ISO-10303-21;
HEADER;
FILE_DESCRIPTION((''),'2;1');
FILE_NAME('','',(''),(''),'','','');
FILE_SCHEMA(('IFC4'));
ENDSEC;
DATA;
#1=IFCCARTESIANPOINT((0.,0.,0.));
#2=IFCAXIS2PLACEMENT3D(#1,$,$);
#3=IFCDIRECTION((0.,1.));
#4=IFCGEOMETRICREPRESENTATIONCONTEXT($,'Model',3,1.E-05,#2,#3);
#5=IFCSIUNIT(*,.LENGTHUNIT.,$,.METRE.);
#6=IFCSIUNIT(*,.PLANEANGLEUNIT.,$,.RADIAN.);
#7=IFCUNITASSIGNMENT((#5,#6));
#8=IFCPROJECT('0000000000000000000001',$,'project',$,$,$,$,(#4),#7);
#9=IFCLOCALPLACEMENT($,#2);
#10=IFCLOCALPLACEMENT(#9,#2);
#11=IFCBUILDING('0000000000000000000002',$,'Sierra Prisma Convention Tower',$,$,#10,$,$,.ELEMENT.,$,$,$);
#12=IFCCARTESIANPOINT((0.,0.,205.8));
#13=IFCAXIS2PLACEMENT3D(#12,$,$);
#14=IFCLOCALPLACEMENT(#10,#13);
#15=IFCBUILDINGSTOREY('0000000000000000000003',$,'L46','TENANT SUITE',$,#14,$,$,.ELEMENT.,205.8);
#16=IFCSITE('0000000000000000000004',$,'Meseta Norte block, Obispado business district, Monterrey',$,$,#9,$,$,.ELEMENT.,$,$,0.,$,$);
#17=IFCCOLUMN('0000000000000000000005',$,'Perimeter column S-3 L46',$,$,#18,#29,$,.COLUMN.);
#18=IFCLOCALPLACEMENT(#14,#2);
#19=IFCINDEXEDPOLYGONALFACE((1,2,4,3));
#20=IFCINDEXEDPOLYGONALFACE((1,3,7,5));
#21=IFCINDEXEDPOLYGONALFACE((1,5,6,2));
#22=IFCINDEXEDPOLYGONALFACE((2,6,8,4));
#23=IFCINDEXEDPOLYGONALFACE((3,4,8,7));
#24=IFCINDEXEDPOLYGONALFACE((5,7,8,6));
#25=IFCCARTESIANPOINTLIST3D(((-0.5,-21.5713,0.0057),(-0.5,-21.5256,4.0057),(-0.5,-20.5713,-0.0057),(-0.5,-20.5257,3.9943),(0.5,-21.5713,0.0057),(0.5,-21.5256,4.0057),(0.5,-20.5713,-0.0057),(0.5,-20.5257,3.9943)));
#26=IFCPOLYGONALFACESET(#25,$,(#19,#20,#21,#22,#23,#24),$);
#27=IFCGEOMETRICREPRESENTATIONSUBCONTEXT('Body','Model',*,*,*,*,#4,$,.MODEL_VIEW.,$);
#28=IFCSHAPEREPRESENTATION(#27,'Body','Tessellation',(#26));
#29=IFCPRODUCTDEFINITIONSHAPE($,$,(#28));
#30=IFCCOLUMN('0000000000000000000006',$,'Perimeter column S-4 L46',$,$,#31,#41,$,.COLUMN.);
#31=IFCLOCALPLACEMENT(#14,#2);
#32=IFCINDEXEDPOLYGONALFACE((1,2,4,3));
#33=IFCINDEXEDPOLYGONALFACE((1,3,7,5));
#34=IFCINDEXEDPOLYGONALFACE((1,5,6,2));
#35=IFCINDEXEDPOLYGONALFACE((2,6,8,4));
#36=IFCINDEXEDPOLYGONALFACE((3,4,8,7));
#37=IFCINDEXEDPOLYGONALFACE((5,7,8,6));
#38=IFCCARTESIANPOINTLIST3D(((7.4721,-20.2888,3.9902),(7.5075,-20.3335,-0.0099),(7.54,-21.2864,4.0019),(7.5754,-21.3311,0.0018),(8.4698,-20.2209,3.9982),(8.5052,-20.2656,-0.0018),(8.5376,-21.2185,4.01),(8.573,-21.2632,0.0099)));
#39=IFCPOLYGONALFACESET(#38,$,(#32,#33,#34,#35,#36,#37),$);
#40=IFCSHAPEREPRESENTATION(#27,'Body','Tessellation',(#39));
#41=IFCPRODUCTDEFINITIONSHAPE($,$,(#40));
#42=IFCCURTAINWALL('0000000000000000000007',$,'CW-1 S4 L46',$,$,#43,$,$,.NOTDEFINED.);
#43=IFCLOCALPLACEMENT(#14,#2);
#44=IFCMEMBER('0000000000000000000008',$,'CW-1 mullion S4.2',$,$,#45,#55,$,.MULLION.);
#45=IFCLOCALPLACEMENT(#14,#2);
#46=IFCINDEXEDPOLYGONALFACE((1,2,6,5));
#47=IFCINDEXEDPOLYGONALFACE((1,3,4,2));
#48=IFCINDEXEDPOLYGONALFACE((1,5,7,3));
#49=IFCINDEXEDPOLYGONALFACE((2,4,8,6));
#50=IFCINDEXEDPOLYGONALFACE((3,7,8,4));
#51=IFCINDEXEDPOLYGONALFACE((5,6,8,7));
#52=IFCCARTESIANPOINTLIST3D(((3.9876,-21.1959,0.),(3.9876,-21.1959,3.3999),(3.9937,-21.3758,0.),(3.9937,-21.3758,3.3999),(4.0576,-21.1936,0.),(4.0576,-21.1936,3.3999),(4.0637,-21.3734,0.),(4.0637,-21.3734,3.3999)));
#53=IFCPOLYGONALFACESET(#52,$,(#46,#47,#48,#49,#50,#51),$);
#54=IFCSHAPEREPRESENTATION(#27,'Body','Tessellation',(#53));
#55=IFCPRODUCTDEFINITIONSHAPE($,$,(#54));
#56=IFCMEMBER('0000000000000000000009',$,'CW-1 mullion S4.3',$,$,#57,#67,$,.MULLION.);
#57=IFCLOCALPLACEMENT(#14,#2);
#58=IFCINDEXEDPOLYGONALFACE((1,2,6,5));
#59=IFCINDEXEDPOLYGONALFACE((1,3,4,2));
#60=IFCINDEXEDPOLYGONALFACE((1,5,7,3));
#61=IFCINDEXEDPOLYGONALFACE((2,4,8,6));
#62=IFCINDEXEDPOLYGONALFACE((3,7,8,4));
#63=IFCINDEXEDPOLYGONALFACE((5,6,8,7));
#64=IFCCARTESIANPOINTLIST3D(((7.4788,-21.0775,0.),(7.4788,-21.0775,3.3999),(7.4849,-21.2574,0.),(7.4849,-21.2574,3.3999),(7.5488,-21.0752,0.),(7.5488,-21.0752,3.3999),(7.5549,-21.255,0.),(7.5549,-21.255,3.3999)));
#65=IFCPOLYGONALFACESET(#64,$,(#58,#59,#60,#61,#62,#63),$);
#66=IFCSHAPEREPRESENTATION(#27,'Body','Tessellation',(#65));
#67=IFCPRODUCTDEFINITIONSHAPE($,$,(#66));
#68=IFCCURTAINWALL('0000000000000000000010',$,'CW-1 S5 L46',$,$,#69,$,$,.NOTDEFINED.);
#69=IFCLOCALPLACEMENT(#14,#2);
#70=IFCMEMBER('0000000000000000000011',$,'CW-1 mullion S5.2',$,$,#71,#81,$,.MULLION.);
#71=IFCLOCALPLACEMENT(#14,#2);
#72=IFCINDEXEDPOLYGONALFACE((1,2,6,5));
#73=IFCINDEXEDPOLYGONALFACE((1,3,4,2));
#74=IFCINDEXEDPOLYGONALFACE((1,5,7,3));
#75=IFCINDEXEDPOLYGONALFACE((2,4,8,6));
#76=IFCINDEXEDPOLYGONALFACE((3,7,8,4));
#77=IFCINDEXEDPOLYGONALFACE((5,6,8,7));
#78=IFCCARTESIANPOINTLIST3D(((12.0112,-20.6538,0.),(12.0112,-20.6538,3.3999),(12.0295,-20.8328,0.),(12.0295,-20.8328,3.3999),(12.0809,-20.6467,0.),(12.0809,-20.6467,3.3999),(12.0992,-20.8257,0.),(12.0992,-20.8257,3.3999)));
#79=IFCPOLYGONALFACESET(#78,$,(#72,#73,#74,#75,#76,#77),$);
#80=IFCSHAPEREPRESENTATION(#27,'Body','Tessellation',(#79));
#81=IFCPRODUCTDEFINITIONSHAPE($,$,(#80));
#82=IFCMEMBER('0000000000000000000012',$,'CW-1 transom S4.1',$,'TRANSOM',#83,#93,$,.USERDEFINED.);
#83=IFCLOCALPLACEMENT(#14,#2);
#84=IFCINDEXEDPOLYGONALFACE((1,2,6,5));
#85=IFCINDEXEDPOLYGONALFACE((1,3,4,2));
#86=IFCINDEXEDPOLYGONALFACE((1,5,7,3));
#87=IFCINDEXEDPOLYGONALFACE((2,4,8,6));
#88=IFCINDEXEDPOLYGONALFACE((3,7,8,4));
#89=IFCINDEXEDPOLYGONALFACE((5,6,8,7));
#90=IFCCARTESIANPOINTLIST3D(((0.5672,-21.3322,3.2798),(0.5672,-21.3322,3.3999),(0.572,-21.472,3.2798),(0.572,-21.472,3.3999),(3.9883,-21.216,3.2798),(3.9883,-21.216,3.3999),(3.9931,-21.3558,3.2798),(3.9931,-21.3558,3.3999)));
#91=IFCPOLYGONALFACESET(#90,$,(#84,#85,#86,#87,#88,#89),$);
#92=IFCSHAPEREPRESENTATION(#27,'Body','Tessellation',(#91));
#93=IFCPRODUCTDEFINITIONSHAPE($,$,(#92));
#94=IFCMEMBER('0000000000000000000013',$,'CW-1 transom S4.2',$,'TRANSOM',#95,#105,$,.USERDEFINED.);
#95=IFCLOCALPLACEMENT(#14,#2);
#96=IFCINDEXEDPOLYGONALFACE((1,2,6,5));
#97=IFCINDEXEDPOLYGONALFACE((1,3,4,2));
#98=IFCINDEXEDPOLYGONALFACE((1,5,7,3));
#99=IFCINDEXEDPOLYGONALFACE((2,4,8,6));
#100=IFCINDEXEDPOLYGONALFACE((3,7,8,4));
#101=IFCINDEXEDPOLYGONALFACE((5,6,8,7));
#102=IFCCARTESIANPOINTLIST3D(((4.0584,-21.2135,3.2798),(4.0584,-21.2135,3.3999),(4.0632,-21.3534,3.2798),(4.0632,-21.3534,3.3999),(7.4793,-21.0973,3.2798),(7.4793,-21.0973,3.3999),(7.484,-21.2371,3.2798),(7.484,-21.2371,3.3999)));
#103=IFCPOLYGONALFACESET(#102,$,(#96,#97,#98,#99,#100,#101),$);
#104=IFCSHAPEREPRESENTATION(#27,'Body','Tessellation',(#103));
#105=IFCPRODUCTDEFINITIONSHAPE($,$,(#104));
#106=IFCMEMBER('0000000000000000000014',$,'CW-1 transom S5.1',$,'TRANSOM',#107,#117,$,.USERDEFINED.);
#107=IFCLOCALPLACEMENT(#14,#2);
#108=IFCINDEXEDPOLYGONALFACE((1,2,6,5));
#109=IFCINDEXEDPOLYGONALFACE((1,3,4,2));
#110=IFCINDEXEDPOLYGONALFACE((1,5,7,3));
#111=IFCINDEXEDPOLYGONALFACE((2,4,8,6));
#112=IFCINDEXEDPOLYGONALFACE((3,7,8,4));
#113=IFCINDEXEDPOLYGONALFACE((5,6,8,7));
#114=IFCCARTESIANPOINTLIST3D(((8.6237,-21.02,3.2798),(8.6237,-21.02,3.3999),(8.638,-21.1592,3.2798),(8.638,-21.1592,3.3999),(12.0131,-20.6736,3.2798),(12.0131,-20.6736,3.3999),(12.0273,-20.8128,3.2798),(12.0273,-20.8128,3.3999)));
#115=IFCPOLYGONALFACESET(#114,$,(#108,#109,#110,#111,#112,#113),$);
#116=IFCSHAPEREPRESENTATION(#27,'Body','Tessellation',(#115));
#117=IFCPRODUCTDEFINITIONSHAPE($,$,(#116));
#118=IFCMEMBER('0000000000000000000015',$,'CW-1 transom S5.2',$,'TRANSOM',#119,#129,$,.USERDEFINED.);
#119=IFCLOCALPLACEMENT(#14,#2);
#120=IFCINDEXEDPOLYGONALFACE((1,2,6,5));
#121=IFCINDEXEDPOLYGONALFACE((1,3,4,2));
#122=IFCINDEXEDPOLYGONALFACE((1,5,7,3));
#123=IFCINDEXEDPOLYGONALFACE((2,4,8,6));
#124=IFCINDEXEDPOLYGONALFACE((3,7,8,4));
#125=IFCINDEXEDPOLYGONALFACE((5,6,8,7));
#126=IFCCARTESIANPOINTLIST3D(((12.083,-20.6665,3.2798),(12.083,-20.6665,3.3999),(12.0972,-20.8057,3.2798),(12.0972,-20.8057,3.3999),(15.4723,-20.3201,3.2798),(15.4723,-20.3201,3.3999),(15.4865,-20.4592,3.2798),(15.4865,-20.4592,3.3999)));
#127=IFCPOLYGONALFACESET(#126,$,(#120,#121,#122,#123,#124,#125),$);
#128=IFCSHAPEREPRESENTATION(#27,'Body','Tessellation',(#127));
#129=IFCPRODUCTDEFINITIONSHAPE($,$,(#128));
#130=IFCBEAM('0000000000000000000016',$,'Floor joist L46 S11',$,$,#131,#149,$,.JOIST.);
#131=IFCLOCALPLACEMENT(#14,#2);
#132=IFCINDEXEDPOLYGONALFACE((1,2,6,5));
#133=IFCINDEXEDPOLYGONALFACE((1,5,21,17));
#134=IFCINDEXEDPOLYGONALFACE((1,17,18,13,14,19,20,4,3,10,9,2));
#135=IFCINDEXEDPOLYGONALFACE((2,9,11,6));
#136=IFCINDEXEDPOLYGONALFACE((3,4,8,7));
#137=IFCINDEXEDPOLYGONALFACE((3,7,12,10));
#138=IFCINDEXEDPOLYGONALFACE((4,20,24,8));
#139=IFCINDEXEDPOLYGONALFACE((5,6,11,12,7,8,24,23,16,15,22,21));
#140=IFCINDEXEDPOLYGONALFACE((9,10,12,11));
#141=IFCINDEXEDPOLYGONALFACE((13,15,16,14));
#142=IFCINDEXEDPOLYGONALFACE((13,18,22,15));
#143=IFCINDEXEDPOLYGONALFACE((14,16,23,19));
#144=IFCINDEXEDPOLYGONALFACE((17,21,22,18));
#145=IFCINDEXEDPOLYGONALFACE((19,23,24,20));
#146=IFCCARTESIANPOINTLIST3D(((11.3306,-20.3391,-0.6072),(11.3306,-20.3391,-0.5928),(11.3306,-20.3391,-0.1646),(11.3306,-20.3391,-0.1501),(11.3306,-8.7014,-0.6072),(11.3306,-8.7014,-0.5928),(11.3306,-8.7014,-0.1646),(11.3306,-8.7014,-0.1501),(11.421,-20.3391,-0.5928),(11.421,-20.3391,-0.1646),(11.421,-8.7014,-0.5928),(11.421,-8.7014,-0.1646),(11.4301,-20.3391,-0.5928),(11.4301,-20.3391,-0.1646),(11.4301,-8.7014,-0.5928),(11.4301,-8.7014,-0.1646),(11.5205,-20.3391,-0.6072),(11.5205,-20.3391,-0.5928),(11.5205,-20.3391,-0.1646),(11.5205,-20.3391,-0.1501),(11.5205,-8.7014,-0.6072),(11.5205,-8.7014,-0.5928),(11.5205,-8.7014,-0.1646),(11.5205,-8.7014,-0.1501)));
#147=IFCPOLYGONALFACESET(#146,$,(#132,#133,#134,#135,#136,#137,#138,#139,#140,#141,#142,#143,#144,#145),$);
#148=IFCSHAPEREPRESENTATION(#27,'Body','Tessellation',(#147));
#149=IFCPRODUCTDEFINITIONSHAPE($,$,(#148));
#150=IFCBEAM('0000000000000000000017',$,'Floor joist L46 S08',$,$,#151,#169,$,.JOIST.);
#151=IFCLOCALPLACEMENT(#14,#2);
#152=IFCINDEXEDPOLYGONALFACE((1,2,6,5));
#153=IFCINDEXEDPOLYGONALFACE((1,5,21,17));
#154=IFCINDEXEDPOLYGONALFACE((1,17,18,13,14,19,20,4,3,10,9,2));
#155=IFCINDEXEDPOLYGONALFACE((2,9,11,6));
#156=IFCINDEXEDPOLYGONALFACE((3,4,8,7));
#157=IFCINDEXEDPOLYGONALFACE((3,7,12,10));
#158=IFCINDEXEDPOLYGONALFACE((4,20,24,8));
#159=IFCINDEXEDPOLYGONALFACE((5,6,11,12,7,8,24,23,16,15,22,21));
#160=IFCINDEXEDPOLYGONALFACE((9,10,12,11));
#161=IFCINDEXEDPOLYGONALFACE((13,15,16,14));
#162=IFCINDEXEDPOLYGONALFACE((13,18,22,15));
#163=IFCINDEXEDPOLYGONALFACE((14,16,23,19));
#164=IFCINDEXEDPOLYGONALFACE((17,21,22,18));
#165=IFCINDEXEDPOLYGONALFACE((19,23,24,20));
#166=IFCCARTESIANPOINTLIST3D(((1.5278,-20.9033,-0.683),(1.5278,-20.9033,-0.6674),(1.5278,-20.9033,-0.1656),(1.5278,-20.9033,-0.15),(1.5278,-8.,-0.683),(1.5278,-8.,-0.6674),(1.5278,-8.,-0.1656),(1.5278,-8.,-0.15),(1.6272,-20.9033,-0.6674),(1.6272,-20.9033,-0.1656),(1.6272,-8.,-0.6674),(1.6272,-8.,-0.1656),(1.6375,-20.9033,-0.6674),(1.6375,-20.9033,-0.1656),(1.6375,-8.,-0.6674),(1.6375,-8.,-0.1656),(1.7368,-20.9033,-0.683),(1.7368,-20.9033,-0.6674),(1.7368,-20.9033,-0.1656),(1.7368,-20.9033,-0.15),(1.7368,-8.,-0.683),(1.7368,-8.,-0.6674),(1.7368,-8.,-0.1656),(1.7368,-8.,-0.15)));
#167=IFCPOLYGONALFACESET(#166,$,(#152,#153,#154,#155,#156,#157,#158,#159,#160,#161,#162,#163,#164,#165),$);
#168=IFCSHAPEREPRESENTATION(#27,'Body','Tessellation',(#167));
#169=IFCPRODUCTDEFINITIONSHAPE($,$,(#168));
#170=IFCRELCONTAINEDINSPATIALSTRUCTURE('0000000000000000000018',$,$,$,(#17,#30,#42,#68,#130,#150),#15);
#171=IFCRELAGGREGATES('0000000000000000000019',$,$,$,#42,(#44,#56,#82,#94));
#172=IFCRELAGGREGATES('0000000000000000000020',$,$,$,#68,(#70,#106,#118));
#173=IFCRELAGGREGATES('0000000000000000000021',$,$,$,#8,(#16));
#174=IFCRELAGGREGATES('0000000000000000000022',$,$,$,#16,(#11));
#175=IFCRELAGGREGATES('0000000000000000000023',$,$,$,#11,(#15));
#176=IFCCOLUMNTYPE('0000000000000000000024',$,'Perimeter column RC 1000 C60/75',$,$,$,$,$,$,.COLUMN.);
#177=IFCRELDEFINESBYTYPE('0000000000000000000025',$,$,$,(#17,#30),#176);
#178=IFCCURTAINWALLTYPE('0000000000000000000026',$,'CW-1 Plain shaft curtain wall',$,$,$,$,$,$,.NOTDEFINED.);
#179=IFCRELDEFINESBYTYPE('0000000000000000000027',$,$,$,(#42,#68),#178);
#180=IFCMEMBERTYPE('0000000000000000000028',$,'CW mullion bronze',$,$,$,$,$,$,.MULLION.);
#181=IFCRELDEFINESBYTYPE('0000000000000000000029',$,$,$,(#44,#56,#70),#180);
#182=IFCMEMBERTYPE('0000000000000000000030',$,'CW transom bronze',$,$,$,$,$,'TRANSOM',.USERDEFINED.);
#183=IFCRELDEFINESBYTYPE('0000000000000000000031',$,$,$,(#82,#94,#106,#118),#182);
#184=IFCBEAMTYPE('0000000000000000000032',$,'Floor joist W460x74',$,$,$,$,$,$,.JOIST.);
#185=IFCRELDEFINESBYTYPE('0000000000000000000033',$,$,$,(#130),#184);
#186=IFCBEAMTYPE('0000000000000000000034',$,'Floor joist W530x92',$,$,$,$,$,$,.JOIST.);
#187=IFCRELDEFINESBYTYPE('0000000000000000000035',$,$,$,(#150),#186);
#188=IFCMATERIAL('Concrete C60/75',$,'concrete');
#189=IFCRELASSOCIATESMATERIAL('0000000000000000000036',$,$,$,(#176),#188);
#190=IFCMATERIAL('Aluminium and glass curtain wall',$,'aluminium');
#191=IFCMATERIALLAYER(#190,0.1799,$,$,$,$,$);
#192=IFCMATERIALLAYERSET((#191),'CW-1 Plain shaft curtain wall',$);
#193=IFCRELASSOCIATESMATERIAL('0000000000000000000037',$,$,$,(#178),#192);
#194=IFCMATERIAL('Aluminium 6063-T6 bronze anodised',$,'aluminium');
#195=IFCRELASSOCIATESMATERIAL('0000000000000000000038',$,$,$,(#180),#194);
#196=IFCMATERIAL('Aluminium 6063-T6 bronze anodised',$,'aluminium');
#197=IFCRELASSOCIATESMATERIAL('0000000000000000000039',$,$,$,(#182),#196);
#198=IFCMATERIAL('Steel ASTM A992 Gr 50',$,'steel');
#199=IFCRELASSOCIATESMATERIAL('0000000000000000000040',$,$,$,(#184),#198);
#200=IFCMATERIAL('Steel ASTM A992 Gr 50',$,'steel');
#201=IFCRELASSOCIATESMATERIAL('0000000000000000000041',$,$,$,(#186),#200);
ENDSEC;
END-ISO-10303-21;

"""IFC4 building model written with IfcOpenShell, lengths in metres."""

from ifc_helpers import new_model, si_unit, direction, frame, origin, origin_2d, place, context, subcontext, project, spatial, rectangle, i_section, extrude, material, layer, layer_set, material_profile, profile_set, type_object, element, aggregate, save


model = new_model("IFC4")

# Units and contexts
model_context = context("Model", 3, precision=1e-05, world=origin(), true_north=direction((0.0, 1.0)))
body_context = subcontext(model_context, "Body", "Model", "MODEL_VIEW")
ifc_project = project(units=[si_unit("LENGTHUNIT", "METRE"), si_unit("PLANEANGLEUNIT", "RADIAN")], contexts=[model_context])

# Site, building, storey
site_placement = place(None, origin())
site = spatial("IfcSite", under=ifc_project, at=site_placement, Name="Meseta Norte block, Obispado business district, Monterrey", CompositionType="ELEMENT", RefElevation=0.0)
building_placement = place(site_placement, origin())
building = spatial("IfcBuilding", under=site, at=building_placement, Name="Sierra Prisma Convention Tower", CompositionType="ELEMENT")
storey_placement = place(building_placement, frame((0.0, 0.0, 205.8)))
storey = spatial("IfcBuildingStorey", under=building, at=storey_placement, Name="L46", Description="TENANT SUITE", CompositionType="ELEMENT", Elevation=205.8)

# Columns
ifc_material_1 = material(Name="Concrete C60/75", Category="concrete")
ifc_material_profile_1 = material_profile(ifc_material_1, rectangle(XDim=1.0, YDim=1.0, at=origin_2d()), Name="Perimeter column RC 1000 C60/75")
ifc_profile_set_1 = profile_set([ifc_material_profile_1], Name="Concrete C60/75")
column_type = type_object("IfcColumnType", Name="Perimeter column RC 1000 C60/75", PredefinedType="COLUMN", material=ifc_profile_set_1)
column_1_placement = place(storey_placement, frame((0.0, -21.0713, 0.0), z_axis=(0.0, 0.011413, 0.999935), x_axis=(1.0, 0.0, 0.0)))
element("IfcColumn", 1, at=column_1_placement, inside=storey, type_object=column_type, Name="Perimeter column S-3 L46", PredefinedType="COLUMN", context=body_context, shape_type="SweptSolid", body=[
    extrude(rectangle(XDim=1.0, YDim=1.0, at=origin_2d()), origin(), (0.0, 0.0, 1.0), 4.0002),
])
column_2_placement = place(storey_placement, frame((8.0403, -20.7983, 0.0), z_axis=(-0.008849, 0.011168, 0.999898), x_axis=(0.997657, 0.067941, 0.00807)))
element("IfcColumn", 2, at=column_2_placement, inside=storey, type_object=column_type, Name="Perimeter column S-4 L46", PredefinedType="COLUMN", context=body_context, shape_type="SweptSolid", body=[
    extrude(rectangle(XDim=1.0, YDim=1.0, at=origin_2d()), origin(), (0.0, 0.0, 1.0), 4.0005),
])

# Curtain wall, members
ifc_material_2 = material(Name="Aluminium and glass curtain wall", Category="aluminium")
ifc_layer_1 = layer(ifc_material_2, 0.1799)
ifc_layer_set_1 = layer_set([ifc_layer_1], Name="CW-1 Plain shaft curtain wall")
curtain_wall_type = type_object("IfcCurtainWallType", Name="CW-1 Plain shaft curtain wall", PredefinedType="NOTDEFINED", material=ifc_layer_set_1)
curtain_wall_1_placement = place(storey_placement, origin())
curtain_wall_1 = element("IfcCurtainWall", 3, at=curtain_wall_1_placement, inside=storey, type_object=curtain_wall_type, Name="CW-1 S4 L46", PredefinedType="NOTDEFINED")
ifc_material_3 = material(Name="Aluminium 6063-T6 bronze anodised", Category="aluminium")
ifc_material_profile_2 = material_profile(ifc_material_3, rectangle(XDim=0.1799, YDim=0.0701, at=origin_2d()), Name="ALU MULLION 70x180")
ifc_profile_set_2 = profile_set([ifc_material_profile_2], Name="Aluminium 6063-T6 bronze anodised")
member_type_1 = type_object("IfcMemberType", Name="CW mullion bronze", PredefinedType="MULLION", material=ifc_profile_set_2)
member_1_placement = place(storey_placement, frame((4.0256, -21.2847, 0.0), z_axis=(0.0, 0.0, 1.0), x_axis=(-0.033943, 0.999424, 0.0)))
member_1 = element("IfcMember", 4, at=member_1_placement, type_object=member_type_1, Name="CW-1 mullion S4.2", PredefinedType="MULLION", context=body_context, shape_type="SweptSolid", body=[
    extrude(rectangle(XDim=0.1799, YDim=0.0701, at=origin_2d()), origin(), (0.0, 0.0, 1.0), 3.3999),
])
member_2_placement = place(storey_placement, frame((7.5168, -21.1663, 0.0), z_axis=(0.0, 0.0, 1.0), x_axis=(-0.033943, 0.999424, 0.0)))
member_2 = element("IfcMember", 5, at=member_2_placement, type_object=member_type_1, Name="CW-1 mullion S4.3", PredefinedType="MULLION", context=body_context, shape_type="SweptSolid", body=[
    extrude(rectangle(XDim=0.1799, YDim=0.0701, at=origin_2d()), origin(), (0.0, 0.0, 1.0), 3.3999),
])

# Curtain wall, member
curtain_wall_2_placement = place(storey_placement, origin())
curtain_wall_2 = element("IfcCurtainWall", 6, at=curtain_wall_2_placement, inside=storey, type_object=curtain_wall_type, Name="CW-1 S5 L46", PredefinedType="NOTDEFINED")
member_3_placement = place(storey_placement, frame((12.0552, -20.7397, 0.0), z_axis=(0.0, 0.0, 1.0), x_axis=(-0.101672, 0.994818, 0.0)))
member_3 = element("IfcMember", 7, at=member_3_placement, type_object=member_type_1, Name="CW-1 mullion S5.2", PredefinedType="MULLION", context=body_context, shape_type="SweptSolid", body=[
    extrude(rectangle(XDim=0.1799, YDim=0.0701, at=origin_2d()), origin(), (0.0, 0.0, 1.0), 3.3999),
])

# Members
ifc_material_4 = material(Name="Aluminium 6063-T6 bronze anodised", Category="aluminium")
ifc_material_profile_3 = material_profile(ifc_material_4, rectangle(XDim=0.1399, YDim=0.1201, at=origin_2d()), Name="ALU TRANSOM 120x140")
ifc_profile_set_3 = profile_set([ifc_material_profile_3], Name="Aluminium 6063-T6 bronze anodised")
member_type_2 = type_object("IfcMemberType", Name="CW transom bronze", ElementType="TRANSOM", PredefinedType="USERDEFINED", material=ifc_profile_set_3)
member_4_placement = place(storey_placement, frame((0.5696, -21.4021, 3.3398), z_axis=(0.999424, 0.033949, 0.0), x_axis=(-0.033949, 0.999424, 0.0)))
member_4 = element("IfcMember", 8, at=member_4_placement, type_object=member_type_2, Name="CW-1 transom S4.1", ObjectType="TRANSOM", PredefinedType="USERDEFINED", context=body_context, shape_type="SweptSolid", body=[
    extrude(rectangle(XDim=0.1399, YDim=0.1201, at=origin_2d()), origin(), (0.0, 0.0, 1.0), 3.4231),
])
member_5_placement = place(storey_placement, frame((4.0608, -21.2834, 3.3398), z_axis=(0.999423, 0.033951, 0.0), x_axis=(-0.033951, 0.999423, 0.0)))
member_5 = element("IfcMember", 9, at=member_5_placement, type_object=member_type_2, Name="CW-1 transom S4.2", ObjectType="TRANSOM", PredefinedType="USERDEFINED", context=body_context, shape_type="SweptSolid", body=[
    extrude(rectangle(XDim=0.1399, YDim=0.1201, at=origin_2d()), origin(), (0.0, 0.0, 1.0), 3.4229),
])
member_6_placement = place(storey_placement, frame((8.6309, -21.0896, 3.3398), z_axis=(0.994817, 0.101682, 0.0), x_axis=(-0.101682, 0.994817, 0.0)))
member_6 = element("IfcMember", 10, at=member_6_placement, type_object=member_type_2, Name="CW-1 transom S5.1", ObjectType="TRANSOM", PredefinedType="USERDEFINED", context=body_context, shape_type="SweptSolid", body=[
    extrude(rectangle(XDim=0.1399, YDim=0.1201, at=origin_2d()), origin(), (0.0, 0.0, 1.0), 3.407),
])
member_7_placement = place(storey_placement, frame((12.0901, -20.7361, 3.3398), z_axis=(0.994817, 0.101682, 0.0), x_axis=(-0.101682, 0.994817, 0.0)))
member_7 = element("IfcMember", 11, at=member_7_placement, type_object=member_type_2, Name="CW-1 transom S5.2", ObjectType="TRANSOM", PredefinedType="USERDEFINED", context=body_context, shape_type="SweptSolid", body=[
    extrude(rectangle(XDim=0.1399, YDim=0.1201, at=origin_2d()), origin(), (0.0, 0.0, 1.0), 3.407),
])

# Beams
ifc_material_5 = material(Name="Steel ASTM A992 Gr 50", Category="steel")
ifc_material_profile_4 = material_profile(ifc_material_5, i_section(OverallWidth=0.1899, OverallDepth=0.457, WebThickness=0.009, FlangeThickness=0.0144, at=origin_2d()), Name="W460x74")
ifc_profile_set_4 = profile_set([ifc_material_profile_4], Name="Steel ASTM A992 Gr 50")
beam_type_1 = type_object("IfcBeamType", Name="Floor joist W460x74", PredefinedType="JOIST", material=ifc_profile_set_4)
beam_1_placement = place(storey_placement, frame((11.4255, -20.3391, -0.3787), z_axis=(0.0, 1.0, 0.0), x_axis=(-1.0, 0.0, 0.0)))
element("IfcBeam", 12, at=beam_1_placement, inside=storey, type_object=beam_type_1, Name="Floor joist L46 S11", PredefinedType="JOIST", context=body_context, shape_type="SweptSolid", body=[
    extrude(i_section(OverallWidth=0.1899, OverallDepth=0.457, WebThickness=0.009, FlangeThickness=0.0144, at=origin_2d()), origin(), (0.0, 0.0, 1.0), 11.6377),
])
ifc_material_6 = material(Name="Steel ASTM A992 Gr 50", Category="steel")
ifc_material_profile_5 = material_profile(ifc_material_6, i_section(OverallWidth=0.209, OverallDepth=0.533, WebThickness=0.0103, FlangeThickness=0.0156, at=origin_2d()), Name="W530x92")
ifc_profile_set_5 = profile_set([ifc_material_profile_5], Name="Steel ASTM A992 Gr 50")
beam_type_2 = type_object("IfcBeamType", Name="Floor joist W530x92", PredefinedType="JOIST", material=ifc_profile_set_5)
beam_2_placement = place(storey_placement, frame((1.6323, -20.9033, -0.4165), z_axis=(0.0, 1.0, 0.0), x_axis=(-1.0, 0.0, 0.0)))
element("IfcBeam", 13, at=beam_2_placement, inside=storey, type_object=beam_type_2, Name="Floor joist L46 S08", PredefinedType="JOIST", context=body_context, shape_type="SweptSolid", body=[
    extrude(i_section(OverallWidth=0.209, OverallDepth=0.533, WebThickness=0.0103, FlangeThickness=0.0156, at=origin_2d()), origin(), (0.0, 0.0, 1.0), 12.9033),
])

aggregate(curtain_wall_1, [member_1, member_2, member_4, member_5])
aggregate(curtain_wall_2, [member_3, member_6, member_7])

save(model, "model.ifc")
